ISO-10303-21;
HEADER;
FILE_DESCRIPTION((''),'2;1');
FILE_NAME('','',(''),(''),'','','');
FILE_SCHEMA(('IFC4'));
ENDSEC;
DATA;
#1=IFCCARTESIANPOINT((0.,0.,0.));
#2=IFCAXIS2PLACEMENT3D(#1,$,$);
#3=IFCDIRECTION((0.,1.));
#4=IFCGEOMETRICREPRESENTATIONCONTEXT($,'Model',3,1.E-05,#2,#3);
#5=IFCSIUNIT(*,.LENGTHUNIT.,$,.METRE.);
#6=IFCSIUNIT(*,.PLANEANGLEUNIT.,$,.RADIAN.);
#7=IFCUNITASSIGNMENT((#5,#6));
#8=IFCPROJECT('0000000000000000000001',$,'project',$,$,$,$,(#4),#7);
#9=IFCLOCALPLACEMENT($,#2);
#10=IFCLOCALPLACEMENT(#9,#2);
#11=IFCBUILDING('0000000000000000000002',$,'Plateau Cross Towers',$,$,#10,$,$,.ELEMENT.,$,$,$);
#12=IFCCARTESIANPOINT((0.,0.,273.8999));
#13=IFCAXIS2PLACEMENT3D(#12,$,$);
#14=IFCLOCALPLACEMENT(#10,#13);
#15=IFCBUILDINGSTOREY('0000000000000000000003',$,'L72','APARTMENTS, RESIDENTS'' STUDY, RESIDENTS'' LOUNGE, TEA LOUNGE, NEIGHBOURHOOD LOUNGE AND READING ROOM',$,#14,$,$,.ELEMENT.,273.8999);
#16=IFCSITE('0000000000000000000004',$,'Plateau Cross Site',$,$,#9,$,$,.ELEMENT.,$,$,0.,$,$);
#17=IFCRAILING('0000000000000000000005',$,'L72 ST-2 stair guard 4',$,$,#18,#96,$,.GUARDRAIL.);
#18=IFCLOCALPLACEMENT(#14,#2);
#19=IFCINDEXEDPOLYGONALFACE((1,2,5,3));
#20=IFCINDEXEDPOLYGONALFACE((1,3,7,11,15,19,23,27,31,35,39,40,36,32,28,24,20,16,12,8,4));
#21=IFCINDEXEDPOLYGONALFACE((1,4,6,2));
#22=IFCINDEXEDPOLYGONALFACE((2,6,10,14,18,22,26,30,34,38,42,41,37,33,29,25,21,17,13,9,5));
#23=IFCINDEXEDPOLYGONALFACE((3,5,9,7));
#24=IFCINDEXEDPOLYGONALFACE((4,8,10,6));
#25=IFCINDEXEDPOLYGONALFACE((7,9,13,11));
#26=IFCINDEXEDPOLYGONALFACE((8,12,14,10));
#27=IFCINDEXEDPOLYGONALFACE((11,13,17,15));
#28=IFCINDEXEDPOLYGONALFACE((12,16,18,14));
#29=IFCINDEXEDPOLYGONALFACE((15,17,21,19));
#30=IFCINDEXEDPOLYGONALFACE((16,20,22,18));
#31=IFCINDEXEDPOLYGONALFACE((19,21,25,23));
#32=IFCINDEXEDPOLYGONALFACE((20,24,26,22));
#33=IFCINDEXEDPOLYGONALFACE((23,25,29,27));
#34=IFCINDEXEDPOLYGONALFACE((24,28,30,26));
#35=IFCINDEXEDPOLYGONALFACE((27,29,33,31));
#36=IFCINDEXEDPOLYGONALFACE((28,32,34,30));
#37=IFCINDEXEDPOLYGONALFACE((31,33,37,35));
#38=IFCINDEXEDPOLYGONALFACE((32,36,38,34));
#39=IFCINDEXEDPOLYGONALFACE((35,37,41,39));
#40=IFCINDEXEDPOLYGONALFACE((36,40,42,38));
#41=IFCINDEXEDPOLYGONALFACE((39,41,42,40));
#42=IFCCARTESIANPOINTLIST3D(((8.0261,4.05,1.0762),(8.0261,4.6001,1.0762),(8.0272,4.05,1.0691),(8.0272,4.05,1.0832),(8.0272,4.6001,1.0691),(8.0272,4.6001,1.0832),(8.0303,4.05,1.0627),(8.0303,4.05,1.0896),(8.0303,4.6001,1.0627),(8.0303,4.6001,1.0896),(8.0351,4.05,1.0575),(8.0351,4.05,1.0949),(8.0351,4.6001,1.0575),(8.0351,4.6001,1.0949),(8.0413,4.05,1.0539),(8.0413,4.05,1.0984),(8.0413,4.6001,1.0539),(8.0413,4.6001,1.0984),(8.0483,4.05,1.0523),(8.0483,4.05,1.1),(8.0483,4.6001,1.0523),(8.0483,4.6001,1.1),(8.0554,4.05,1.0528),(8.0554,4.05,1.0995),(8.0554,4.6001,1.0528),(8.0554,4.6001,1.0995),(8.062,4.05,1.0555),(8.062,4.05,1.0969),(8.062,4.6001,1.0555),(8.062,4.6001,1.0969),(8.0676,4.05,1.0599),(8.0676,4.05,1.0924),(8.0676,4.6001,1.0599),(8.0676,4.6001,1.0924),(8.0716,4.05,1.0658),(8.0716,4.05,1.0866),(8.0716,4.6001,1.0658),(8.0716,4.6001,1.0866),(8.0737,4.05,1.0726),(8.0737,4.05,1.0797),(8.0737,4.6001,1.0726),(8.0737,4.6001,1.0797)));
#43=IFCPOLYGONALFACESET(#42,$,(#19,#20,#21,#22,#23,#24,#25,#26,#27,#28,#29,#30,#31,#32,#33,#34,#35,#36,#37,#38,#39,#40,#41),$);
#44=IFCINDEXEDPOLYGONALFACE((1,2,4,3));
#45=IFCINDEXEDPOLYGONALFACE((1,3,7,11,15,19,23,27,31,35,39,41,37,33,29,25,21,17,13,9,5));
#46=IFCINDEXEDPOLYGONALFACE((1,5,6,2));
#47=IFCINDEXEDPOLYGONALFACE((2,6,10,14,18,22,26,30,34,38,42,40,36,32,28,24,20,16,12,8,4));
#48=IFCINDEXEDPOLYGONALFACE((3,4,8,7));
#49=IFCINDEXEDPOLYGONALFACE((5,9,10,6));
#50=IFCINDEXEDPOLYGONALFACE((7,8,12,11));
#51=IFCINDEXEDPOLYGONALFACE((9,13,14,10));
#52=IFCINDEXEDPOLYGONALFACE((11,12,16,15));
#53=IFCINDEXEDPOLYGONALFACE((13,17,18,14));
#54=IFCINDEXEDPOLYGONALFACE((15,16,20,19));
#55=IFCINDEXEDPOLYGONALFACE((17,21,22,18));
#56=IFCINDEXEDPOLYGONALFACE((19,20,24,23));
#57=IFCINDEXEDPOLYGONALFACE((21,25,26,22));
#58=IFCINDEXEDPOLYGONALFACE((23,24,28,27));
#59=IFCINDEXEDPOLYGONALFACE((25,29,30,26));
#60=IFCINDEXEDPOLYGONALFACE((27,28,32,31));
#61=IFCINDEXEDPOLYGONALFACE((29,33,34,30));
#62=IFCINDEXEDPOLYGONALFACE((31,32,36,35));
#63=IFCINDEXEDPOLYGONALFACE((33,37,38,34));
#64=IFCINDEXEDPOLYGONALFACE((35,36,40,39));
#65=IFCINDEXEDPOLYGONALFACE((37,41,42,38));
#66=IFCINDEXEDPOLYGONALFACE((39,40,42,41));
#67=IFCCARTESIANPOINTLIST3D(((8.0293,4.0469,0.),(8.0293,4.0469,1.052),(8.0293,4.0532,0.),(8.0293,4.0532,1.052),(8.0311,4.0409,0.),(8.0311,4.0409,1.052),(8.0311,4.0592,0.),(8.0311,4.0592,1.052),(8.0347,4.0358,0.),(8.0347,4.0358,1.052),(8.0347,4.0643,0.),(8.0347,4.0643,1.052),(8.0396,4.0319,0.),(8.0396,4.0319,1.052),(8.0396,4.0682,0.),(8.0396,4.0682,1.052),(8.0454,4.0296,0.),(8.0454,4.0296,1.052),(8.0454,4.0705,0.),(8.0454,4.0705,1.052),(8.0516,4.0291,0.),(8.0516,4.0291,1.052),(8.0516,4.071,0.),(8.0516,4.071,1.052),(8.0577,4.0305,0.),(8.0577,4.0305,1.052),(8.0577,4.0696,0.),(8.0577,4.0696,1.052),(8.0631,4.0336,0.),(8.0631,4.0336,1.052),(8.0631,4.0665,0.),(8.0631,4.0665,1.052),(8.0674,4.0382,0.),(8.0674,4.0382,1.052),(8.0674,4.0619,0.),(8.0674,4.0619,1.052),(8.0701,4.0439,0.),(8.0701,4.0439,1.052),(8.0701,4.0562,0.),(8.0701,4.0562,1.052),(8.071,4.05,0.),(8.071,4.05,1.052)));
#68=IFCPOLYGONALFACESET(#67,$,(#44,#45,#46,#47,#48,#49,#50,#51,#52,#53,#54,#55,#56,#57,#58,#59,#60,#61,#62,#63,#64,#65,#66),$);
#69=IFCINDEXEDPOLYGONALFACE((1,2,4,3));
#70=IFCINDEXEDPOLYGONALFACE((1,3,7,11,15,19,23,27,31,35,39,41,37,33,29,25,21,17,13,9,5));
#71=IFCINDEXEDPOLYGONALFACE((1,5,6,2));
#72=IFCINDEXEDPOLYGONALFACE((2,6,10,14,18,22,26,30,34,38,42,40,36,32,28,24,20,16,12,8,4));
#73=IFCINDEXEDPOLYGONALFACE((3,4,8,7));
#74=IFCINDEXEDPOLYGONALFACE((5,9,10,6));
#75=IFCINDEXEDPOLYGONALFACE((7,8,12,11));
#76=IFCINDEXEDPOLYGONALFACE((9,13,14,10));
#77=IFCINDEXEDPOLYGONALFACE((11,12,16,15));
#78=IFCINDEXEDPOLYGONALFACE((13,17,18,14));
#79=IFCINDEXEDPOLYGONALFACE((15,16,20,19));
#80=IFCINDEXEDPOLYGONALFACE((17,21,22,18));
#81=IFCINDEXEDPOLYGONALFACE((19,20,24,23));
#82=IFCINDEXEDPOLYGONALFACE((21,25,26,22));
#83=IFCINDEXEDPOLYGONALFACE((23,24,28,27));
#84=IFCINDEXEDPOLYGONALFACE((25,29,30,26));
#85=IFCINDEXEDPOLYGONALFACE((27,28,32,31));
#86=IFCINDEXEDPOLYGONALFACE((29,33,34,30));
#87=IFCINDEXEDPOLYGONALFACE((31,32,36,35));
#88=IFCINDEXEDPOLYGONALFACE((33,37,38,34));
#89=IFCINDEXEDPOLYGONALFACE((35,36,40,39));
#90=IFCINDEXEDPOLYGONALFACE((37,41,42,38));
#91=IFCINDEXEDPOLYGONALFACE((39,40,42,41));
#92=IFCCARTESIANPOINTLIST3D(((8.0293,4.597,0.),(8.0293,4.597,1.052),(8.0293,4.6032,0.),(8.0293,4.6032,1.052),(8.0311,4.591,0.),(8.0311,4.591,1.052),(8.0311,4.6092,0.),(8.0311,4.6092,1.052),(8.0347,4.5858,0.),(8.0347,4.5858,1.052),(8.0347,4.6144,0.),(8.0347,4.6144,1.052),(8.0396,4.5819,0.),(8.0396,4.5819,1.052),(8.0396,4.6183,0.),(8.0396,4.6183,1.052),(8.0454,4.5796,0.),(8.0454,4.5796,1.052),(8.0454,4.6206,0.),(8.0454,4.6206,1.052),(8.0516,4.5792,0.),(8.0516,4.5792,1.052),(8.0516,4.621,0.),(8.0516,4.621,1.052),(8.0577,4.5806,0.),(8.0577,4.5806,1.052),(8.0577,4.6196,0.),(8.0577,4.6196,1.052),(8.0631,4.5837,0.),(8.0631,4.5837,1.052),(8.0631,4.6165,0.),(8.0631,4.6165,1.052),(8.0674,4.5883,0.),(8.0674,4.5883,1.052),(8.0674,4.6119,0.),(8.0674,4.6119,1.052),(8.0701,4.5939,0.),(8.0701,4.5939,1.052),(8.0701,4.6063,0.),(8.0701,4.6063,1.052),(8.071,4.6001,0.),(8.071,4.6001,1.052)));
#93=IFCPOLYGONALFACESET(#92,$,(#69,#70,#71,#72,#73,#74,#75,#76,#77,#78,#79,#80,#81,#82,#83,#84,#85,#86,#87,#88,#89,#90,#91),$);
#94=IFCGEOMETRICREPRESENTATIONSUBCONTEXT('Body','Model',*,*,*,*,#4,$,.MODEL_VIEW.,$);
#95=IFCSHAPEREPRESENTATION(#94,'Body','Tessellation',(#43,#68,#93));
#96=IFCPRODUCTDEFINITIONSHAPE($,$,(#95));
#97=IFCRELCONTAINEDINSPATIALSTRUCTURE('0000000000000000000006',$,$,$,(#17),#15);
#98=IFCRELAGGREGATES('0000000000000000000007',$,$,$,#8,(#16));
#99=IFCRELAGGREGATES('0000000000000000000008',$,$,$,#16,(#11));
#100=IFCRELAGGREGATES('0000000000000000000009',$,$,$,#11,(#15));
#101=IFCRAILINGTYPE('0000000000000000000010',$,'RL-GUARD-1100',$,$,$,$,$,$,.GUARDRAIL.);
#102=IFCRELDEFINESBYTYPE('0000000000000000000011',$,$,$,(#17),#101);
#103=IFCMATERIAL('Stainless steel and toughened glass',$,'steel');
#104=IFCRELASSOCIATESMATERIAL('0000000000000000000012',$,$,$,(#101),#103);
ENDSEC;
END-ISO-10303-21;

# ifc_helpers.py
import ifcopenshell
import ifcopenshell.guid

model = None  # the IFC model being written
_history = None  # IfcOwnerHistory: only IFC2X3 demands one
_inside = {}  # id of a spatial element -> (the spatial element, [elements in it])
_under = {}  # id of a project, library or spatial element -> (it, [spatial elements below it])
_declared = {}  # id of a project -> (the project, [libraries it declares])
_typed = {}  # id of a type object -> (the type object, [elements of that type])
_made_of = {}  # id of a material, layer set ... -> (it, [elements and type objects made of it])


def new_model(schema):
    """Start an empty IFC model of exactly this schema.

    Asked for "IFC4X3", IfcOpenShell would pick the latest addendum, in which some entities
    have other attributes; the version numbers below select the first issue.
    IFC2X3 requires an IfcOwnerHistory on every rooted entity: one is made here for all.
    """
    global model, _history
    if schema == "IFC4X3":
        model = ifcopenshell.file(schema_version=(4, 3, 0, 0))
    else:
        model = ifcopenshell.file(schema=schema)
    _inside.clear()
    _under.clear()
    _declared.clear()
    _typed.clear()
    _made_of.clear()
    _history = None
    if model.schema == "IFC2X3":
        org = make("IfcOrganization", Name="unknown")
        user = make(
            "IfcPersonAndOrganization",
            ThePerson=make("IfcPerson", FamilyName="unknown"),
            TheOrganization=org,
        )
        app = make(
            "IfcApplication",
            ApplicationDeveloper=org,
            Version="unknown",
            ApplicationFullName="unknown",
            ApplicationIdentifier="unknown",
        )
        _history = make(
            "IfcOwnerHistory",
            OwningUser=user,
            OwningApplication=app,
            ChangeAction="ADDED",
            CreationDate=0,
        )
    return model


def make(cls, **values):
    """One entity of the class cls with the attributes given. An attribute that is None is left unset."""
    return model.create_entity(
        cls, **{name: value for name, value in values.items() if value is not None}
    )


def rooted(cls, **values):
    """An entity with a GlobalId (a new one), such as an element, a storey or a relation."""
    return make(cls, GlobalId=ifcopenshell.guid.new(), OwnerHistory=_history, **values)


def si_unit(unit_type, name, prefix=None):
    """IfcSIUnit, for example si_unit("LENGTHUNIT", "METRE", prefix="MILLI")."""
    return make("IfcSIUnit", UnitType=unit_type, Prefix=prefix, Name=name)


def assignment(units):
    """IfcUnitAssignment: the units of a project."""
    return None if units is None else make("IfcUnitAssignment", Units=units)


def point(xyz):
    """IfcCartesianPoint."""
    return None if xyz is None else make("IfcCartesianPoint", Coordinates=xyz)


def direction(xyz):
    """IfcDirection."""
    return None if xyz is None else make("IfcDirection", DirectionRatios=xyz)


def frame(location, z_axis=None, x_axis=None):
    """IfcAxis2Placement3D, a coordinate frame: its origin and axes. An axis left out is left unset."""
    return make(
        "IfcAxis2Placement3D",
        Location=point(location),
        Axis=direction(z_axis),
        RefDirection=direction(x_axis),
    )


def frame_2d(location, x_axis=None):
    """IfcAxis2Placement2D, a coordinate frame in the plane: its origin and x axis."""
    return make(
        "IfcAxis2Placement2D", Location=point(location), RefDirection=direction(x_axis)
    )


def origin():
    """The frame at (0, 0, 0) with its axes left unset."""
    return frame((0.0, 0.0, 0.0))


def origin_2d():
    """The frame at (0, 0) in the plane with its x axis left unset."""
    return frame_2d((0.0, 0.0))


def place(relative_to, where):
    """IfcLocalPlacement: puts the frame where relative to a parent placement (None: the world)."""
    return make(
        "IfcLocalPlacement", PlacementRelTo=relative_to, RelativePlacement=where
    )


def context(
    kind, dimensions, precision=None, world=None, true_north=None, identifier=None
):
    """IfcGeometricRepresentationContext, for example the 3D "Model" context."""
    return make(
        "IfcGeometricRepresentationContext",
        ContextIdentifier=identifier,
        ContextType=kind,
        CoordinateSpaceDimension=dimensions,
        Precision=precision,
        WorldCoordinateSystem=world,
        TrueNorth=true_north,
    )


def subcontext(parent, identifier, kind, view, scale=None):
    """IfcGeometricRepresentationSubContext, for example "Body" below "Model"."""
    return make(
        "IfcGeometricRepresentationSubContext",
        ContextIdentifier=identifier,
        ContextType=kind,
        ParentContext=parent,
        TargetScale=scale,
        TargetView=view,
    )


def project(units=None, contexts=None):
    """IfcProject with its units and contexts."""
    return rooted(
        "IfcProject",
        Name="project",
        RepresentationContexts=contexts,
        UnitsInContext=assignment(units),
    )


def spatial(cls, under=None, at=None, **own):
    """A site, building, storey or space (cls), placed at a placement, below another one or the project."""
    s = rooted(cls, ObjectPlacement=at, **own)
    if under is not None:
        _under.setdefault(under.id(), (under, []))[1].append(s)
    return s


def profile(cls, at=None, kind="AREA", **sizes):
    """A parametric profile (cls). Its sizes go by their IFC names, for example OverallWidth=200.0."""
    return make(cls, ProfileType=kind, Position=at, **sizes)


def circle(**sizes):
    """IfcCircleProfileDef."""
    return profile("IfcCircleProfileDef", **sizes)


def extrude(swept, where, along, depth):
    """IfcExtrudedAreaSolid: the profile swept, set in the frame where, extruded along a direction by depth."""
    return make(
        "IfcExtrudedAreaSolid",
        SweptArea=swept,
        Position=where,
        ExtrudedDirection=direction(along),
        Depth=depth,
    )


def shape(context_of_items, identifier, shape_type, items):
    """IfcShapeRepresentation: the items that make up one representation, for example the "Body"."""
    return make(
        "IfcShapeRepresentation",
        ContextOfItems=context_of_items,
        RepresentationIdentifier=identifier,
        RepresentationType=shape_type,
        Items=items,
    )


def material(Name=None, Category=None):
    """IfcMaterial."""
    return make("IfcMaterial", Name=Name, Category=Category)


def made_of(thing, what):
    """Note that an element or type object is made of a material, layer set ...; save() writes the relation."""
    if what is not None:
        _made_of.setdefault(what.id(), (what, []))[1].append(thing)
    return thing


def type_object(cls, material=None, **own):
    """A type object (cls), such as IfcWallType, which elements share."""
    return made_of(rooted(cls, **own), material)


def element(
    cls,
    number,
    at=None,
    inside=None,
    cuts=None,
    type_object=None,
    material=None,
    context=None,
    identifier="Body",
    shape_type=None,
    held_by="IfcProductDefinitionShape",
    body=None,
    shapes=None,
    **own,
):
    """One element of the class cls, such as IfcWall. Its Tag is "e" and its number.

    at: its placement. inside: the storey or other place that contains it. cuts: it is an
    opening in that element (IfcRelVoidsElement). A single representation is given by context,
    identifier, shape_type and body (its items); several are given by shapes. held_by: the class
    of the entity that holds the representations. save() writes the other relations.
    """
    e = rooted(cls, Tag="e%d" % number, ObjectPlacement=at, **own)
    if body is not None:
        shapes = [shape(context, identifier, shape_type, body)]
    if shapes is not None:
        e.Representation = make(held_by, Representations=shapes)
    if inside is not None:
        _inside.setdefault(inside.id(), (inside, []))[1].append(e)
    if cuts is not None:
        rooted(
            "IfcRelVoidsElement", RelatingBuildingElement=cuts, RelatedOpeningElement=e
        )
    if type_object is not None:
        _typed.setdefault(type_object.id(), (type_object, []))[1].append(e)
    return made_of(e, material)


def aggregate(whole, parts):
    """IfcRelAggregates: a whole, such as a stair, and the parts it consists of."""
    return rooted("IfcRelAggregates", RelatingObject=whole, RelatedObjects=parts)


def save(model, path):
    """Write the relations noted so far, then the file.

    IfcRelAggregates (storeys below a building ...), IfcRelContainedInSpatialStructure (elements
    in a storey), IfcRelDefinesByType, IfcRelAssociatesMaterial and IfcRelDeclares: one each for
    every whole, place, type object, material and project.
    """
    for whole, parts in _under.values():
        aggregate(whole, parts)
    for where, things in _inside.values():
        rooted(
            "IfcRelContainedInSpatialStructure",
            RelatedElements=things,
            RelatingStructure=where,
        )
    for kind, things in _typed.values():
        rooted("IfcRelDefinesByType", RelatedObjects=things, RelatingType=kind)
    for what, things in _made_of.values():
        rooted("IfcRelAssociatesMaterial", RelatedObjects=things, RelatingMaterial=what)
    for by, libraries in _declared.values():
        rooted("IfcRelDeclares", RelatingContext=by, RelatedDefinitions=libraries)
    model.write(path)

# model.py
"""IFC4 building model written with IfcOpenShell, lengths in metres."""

from ifc_helpers import new_model, si_unit, direction, frame, origin, origin_2d, place, context, subcontext, project, spatial, circle, extrude, material, type_object, element, save


model = new_model("IFC4")

# Units and contexts
model_context = context("Model", 3, precision=1e-05, world=origin(), true_north=direction((0.0, 1.0)))
body_context = subcontext(model_context, "Body", "Model", "MODEL_VIEW")
ifc_project = project(units=[si_unit("LENGTHUNIT", "METRE"), si_unit("PLANEANGLEUNIT", "RADIAN")], contexts=[model_context])

# Site, building, storey
site_placement = place(None, origin())
site = spatial("IfcSite", under=ifc_project, at=site_placement, Name="Plateau Cross Site", CompositionType="ELEMENT", RefElevation=0.0)
building_placement = place(site_placement, origin())
building = spatial("IfcBuilding", under=site, at=building_placement, Name="Plateau Cross Towers", CompositionType="ELEMENT")
storey_placement = place(building_placement, frame((0.0, 0.0, 273.8999)))
storey = spatial("IfcBuildingStorey", under=building, at=storey_placement, Name="L72", Description="APARTMENTS, RESIDENTS' STUDY, RESIDENTS' LOUNGE, TEA LOUNGE, NEIGHBOURHOOD LOUNGE AND READING ROOM", CompositionType="ELEMENT", Elevation=273.8999)

# Railing
ifc_material_1 = material(Name="Stainless steel and toughened glass", Category="steel")
railing_type_1 = type_object("IfcRailingType", Name="RL-GUARD-1100", PredefinedType="GUARDRAIL", material=ifc_material_1)
railing_1_placement = place(storey_placement, frame((8.05, 4.05, 0.0)))
element("IfcRailing", 1, at=railing_1_placement, inside=storey, type_object=railing_type_1, Name="L72 ST-2 stair guard 4", PredefinedType="GUARDRAIL", context=body_context, shape_type="SweptSolid", body=[
    extrude(circle(Radius=0.0239, at=origin_2d()), frame((0.0, 0.0, 1.0762), z_axis=(0.0, 1.0, 0.0), x_axis=(-1.0, 0.0, 0.0)), (0.0, 0.0, 1.0), 0.55),
    extrude(circle(Radius=0.021, at=origin_2d()), origin(), (0.0, 0.0, 1.0), 1.052),
    extrude(circle(Radius=0.021, at=origin_2d()), frame((0.0, 0.55, 0.0)), (0.0, 0.0, 1.0), 1.052),
])

save(model, "model.ifc")
